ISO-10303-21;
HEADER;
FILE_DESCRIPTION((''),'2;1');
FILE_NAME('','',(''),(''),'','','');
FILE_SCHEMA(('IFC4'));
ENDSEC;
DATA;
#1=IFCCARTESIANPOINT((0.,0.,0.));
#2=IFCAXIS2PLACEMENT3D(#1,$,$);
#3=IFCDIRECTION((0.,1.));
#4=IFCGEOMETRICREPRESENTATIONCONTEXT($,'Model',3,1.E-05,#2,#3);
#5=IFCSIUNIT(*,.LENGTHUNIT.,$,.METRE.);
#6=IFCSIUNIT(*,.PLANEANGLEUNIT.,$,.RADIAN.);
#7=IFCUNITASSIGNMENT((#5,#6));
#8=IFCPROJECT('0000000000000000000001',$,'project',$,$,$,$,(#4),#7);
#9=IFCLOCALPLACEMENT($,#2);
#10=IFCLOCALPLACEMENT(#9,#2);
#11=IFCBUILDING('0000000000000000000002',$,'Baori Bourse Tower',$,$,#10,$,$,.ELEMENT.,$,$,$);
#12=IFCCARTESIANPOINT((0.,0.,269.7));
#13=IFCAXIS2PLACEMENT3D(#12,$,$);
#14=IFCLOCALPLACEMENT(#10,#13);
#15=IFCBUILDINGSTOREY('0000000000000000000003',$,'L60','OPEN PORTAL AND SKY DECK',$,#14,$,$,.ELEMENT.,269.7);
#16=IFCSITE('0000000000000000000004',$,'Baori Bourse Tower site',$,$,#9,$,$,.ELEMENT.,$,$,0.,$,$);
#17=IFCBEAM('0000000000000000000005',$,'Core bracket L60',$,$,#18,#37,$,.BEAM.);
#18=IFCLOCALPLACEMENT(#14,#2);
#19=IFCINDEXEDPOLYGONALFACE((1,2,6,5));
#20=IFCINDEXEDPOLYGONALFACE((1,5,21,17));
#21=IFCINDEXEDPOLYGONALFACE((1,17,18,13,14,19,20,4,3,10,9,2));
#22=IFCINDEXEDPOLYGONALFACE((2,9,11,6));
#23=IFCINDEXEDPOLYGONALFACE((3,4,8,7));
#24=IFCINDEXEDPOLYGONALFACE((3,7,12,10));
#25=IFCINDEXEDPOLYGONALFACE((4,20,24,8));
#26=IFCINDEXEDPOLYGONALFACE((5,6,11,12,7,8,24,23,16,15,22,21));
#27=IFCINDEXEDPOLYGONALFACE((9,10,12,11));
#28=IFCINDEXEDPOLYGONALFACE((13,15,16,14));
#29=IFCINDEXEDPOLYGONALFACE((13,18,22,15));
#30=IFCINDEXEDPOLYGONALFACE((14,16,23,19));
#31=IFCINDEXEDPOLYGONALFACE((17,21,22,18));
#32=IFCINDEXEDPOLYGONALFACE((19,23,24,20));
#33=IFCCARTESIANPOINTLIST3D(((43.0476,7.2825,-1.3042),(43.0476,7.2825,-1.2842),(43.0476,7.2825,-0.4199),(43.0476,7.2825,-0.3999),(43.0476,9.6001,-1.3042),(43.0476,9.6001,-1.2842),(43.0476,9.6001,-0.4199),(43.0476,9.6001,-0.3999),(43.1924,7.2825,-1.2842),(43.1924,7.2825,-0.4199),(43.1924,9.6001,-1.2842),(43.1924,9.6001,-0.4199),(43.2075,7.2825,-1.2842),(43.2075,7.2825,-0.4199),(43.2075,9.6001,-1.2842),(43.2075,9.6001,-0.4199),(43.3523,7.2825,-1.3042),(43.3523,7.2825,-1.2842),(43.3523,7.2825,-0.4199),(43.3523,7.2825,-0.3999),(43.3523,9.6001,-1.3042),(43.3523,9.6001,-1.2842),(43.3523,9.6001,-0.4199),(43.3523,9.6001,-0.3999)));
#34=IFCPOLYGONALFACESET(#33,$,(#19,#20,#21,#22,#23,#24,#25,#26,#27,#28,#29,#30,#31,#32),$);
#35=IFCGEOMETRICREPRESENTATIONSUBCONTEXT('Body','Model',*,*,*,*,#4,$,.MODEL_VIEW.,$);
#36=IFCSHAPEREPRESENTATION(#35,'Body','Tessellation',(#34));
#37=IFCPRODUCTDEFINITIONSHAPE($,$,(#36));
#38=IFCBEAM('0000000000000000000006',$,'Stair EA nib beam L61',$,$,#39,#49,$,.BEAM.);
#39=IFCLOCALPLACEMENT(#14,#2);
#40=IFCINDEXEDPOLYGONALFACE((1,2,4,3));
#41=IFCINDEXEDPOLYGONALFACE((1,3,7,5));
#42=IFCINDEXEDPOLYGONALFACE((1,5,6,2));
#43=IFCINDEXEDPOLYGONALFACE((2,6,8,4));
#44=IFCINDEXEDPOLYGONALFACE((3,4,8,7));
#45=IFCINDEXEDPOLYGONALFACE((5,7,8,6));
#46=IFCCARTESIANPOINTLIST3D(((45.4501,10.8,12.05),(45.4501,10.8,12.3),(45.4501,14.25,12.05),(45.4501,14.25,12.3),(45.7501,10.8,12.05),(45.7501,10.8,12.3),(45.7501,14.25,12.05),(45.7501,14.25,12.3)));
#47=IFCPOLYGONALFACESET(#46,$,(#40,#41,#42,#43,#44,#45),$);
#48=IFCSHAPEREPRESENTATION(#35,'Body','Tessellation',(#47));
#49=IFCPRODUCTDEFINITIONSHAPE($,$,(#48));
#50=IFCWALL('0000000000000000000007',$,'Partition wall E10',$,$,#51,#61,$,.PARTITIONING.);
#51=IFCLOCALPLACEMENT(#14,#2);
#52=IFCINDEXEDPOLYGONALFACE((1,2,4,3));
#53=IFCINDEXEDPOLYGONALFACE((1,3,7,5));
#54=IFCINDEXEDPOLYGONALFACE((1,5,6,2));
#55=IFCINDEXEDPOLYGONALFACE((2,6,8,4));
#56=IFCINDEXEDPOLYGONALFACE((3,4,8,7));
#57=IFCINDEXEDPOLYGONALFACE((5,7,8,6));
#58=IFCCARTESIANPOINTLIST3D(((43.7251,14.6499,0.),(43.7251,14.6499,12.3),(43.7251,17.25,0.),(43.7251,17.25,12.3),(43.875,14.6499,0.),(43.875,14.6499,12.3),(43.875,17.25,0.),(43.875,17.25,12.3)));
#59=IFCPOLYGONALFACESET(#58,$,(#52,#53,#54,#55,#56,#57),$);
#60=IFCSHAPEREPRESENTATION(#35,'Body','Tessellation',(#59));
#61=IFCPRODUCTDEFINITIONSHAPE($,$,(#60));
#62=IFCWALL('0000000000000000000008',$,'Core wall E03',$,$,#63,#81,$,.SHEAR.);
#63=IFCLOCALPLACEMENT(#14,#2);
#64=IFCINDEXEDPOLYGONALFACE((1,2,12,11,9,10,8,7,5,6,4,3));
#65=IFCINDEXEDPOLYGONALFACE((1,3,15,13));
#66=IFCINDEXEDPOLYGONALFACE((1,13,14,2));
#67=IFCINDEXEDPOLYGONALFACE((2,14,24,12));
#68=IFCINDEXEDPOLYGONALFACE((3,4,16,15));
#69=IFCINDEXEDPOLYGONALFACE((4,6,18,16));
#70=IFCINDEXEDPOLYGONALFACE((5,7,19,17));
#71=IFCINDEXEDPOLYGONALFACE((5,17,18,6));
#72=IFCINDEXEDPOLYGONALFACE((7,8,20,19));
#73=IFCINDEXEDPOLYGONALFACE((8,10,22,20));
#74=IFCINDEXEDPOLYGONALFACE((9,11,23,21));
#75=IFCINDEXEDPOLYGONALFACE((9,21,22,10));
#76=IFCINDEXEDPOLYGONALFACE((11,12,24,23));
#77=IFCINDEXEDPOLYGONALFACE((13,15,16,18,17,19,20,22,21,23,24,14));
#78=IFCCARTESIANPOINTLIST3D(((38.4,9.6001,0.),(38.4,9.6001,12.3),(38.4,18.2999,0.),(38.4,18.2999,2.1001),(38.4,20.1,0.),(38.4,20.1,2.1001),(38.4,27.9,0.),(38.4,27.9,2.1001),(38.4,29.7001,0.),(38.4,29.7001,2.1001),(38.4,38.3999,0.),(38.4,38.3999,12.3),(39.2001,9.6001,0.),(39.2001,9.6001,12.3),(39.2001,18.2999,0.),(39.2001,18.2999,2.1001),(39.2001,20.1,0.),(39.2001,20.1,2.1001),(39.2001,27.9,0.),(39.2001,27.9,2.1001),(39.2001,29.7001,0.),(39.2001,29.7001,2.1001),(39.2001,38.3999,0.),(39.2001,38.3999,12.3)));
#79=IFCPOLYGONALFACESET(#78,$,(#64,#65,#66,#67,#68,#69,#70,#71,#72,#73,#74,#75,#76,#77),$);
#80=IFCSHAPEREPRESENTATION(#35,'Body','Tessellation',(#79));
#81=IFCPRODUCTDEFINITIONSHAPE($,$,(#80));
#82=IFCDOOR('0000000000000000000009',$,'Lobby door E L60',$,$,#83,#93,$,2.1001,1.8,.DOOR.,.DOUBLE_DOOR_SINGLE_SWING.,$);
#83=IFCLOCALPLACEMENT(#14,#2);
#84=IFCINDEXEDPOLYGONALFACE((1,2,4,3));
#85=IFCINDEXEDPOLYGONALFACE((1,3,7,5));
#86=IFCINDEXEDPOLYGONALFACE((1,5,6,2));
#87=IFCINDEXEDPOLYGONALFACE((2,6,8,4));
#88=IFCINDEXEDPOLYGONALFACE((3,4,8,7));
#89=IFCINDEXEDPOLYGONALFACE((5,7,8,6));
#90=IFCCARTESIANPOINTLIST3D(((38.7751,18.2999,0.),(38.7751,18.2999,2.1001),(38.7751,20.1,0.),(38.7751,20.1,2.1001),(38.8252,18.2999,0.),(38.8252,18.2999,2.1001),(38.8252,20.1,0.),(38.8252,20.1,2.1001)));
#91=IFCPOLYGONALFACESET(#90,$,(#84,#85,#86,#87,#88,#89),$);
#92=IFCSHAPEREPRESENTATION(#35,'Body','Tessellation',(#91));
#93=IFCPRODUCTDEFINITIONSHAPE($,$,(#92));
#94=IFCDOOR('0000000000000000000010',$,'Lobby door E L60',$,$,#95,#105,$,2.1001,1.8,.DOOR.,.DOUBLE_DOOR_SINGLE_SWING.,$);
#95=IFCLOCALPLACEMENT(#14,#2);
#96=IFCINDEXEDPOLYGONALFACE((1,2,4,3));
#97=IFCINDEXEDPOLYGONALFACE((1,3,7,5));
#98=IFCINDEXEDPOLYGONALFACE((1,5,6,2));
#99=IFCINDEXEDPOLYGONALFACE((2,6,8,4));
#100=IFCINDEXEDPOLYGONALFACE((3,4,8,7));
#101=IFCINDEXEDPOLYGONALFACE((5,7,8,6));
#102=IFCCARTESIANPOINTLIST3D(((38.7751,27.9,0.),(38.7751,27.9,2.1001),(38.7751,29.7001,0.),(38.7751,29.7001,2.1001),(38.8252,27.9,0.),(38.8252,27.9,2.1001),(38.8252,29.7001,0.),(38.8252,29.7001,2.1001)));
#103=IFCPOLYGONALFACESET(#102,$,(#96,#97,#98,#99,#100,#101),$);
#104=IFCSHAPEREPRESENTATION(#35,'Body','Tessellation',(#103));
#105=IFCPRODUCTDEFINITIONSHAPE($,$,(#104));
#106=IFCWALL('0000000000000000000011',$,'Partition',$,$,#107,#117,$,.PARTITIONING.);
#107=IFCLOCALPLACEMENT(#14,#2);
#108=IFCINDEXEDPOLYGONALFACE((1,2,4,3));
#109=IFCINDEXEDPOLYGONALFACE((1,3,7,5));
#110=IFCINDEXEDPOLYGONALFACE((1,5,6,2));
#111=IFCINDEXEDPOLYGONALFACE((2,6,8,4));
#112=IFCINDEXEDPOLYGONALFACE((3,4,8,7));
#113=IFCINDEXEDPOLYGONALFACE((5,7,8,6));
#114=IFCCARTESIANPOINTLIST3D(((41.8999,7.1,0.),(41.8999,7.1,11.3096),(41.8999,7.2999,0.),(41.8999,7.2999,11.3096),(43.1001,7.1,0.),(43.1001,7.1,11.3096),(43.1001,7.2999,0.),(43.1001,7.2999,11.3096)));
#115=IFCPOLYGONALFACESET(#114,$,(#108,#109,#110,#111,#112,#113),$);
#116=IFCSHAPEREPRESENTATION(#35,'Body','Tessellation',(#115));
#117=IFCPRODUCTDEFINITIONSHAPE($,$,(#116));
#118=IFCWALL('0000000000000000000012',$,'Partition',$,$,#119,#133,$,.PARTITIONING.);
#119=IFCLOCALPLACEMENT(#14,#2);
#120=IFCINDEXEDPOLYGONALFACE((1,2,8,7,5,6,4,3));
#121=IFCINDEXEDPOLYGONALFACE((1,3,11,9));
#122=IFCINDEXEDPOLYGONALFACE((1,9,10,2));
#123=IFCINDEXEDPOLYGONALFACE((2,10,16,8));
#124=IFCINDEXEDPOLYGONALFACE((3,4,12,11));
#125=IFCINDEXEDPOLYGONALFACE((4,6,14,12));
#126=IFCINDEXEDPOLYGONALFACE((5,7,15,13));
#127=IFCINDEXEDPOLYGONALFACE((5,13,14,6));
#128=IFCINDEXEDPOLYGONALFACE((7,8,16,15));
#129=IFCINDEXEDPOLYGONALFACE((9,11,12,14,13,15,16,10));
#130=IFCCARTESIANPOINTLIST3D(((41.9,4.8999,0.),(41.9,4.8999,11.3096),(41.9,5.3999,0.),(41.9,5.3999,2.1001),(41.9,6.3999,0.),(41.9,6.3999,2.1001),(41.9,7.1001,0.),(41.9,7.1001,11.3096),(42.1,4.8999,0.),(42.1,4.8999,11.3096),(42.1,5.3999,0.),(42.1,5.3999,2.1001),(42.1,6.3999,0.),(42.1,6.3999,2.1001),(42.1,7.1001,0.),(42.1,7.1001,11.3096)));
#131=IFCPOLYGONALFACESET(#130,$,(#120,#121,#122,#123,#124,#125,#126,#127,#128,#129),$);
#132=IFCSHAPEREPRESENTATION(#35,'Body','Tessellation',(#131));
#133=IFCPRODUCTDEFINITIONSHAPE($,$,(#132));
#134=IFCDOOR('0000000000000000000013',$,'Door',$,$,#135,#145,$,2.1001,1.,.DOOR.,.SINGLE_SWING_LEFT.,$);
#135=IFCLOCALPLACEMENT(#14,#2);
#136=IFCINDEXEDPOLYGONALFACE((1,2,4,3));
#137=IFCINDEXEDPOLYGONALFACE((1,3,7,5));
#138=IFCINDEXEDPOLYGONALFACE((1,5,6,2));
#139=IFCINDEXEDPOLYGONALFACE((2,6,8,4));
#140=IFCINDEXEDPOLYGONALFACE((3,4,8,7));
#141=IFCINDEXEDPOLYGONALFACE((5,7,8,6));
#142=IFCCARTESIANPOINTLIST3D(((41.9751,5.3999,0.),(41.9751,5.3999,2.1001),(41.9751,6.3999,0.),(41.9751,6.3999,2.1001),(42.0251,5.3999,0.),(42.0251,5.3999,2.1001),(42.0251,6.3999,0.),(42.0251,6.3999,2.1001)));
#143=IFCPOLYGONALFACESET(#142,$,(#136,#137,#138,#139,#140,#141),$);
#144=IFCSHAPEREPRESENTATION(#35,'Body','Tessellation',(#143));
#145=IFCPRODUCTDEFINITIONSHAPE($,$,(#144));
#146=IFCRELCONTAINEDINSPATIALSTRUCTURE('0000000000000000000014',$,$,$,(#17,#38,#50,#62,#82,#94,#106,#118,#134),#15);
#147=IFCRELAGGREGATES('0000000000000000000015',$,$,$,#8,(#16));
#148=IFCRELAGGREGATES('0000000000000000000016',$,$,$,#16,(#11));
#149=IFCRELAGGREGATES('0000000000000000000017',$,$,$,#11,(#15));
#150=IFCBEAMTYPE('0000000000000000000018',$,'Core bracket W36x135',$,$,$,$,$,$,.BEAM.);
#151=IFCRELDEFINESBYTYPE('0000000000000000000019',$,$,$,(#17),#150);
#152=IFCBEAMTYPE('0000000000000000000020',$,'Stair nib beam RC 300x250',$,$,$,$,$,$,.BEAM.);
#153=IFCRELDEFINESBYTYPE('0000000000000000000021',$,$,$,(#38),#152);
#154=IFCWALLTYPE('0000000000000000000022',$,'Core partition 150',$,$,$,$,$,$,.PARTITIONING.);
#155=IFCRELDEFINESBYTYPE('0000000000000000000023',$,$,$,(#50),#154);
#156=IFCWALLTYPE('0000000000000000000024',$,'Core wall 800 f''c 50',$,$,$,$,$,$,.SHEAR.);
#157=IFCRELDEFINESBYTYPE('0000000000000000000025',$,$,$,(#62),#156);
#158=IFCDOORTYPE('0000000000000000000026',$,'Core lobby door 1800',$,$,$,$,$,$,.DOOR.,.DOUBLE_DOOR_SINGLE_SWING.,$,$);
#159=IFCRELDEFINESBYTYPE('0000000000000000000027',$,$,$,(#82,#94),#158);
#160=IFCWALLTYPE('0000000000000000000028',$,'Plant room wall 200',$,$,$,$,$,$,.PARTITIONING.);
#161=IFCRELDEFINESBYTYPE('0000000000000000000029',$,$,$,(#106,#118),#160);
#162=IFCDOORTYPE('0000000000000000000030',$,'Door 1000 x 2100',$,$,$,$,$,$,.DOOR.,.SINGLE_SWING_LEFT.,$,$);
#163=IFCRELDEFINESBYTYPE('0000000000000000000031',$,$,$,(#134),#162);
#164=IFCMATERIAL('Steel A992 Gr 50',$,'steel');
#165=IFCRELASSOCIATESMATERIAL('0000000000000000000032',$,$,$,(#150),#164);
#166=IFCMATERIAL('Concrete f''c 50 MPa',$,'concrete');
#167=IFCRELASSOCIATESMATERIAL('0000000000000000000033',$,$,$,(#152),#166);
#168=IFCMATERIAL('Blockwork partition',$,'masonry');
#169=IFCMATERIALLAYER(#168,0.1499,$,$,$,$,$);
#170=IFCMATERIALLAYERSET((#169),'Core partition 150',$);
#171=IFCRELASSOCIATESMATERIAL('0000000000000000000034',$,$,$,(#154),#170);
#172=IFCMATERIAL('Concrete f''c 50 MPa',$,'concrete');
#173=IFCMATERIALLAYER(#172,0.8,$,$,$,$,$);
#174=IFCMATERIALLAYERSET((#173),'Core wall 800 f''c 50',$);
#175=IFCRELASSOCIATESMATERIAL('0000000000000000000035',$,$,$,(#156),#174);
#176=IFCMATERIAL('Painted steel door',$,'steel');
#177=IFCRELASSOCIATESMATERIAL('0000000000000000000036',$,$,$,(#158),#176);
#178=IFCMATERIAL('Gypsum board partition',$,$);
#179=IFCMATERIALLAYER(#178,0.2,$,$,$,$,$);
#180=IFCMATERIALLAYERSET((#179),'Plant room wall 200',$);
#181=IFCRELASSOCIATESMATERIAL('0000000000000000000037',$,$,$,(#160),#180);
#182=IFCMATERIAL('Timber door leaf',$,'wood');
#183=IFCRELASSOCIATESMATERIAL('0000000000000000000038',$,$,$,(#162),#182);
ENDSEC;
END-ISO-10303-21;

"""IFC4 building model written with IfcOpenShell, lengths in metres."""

from ifc_helpers import new_model, si_unit, direction, frame, frame_2d, origin, origin_2d, place, context, subcontext, project, spatial, rectangle, i_section, extrude, material, layer, layer_set, material_profile, profile_set, type_object, element, fill, save


model = new_model("IFC4")

# Units and contexts
model_context = context("Model", 3, precision=1e-05, world=origin(), true_north=direction((0.0, 1.0)))
body_context = subcontext(model_context, "Body", "Model", "MODEL_VIEW")
ifc_project = project(units=[si_unit("LENGTHUNIT", "METRE"), si_unit("PLANEANGLEUNIT", "RADIAN")], contexts=[model_context])

# Site, building, storey
site_placement = place(None, origin())
site = spatial("IfcSite", under=ifc_project, at=site_placement, Name="Baori Bourse Tower site", CompositionType="ELEMENT", RefElevation=0.0)
building_placement = place(site_placement, origin())
building = spatial("IfcBuilding", under=site, at=building_placement, Name="Baori Bourse Tower", CompositionType="ELEMENT")
storey_placement = place(building_placement, frame((0.0, 0.0, 269.7)))
storey = spatial("IfcBuildingStorey", under=building, at=storey_placement, Name="L60", Description="OPEN PORTAL AND SKY DECK", CompositionType="ELEMENT", Elevation=269.7)

# Beams
ifc_material_1 = material(Name="Steel A992 Gr 50", Category="steel")
ifc_material_profile_1 = material_profile(ifc_material_1, i_section(OverallWidth=0.3047, OverallDepth=0.9043, WebThickness=0.0151, FlangeThickness=0.02, at=origin_2d()), Name="W36x135")
ifc_profile_set_1 = profile_set([ifc_material_profile_1], Name="Steel A992 Gr 50")
beam_type_1 = type_object("IfcBeamType", Name="Core bracket W36x135", PredefinedType="BEAM", material=ifc_profile_set_1)
beam_1_placement = place(storey_placement, frame((43.2, 7.2825, -0.8521), z_axis=(0.0, 1.0, 0.0), x_axis=(-1.0, 0.0, 0.0)))
element("IfcBeam", 1, at=beam_1_placement, inside=storey, type_object=beam_type_1, Name="Core bracket L60", PredefinedType="BEAM", context=body_context, shape_type="SweptSolid", body=[
    extrude(i_section(OverallWidth=0.3047, OverallDepth=0.9043, WebThickness=0.0151, FlangeThickness=0.02, at=origin_2d()), origin(), (0.0, 0.0, 1.0), 2.3176),
])
ifc_material_2 = material(Name="Concrete f'c 50 MPa", Category="concrete")
ifc_material_profile_2 = material_profile(ifc_material_2, rectangle(XDim=0.3, YDim=0.25, at=origin_2d()), Name="RC 300x250")
ifc_profile_set_2 = profile_set([ifc_material_profile_2], Name="Concrete f'c 50 MPa")
beam_type_2 = type_object("IfcBeamType", Name="Stair nib beam RC 300x250", PredefinedType="BEAM", material=ifc_profile_set_2)
beam_2_placement = place(storey_placement, frame((45.6001, 10.8, 12.175), z_axis=(0.0, 1.0, 0.0), x_axis=(-1.0, 0.0, 0.0)))
element("IfcBeam", 2, at=beam_2_placement, inside=storey, type_object=beam_type_2, Name="Stair EA nib beam L61", PredefinedType="BEAM", context=body_context, shape_type="SweptSolid", body=[
    extrude(rectangle(XDim=0.3, YDim=0.25, at=origin_2d()), origin(), (0.0, 0.0, 1.0), 3.45),
])

# Wall
ifc_material_3 = material(Name="Blockwork partition", Category="masonry")
ifc_layer_1 = layer(ifc_material_3, 0.1499)
ifc_layer_set_1 = layer_set([ifc_layer_1], Name="Core partition 150")
wall_type_1 = type_object("IfcWallType", Name="Core partition 150", PredefinedType="PARTITIONING", material=ifc_layer_set_1)
wall_1_placement = place(storey_placement, frame((43.8, 14.6499, 0.0), z_axis=(0.0, 0.0, 1.0), x_axis=(0.0, 1.0, 0.0)))
element("IfcWall", 3, at=wall_1_placement, inside=storey, type_object=wall_type_1, Name="Partition wall E10", PredefinedType="PARTITIONING", context=body_context, shape_type="SweptSolid", body=[
    extrude(rectangle(XDim=2.6001, YDim=0.1499, at=frame_2d((1.3, 0.0))), origin(), (0.0, 0.0, 1.0), 12.3),
])

# Wall, openings, doors
ifc_material_4 = material(Name="Concrete f'c 50 MPa", Category="concrete")
ifc_layer_2 = layer(ifc_material_4, 0.8)
ifc_layer_set_2 = layer_set([ifc_layer_2], Name="Core wall 800 f'c 50")
wall_type_2 = type_object("IfcWallType", Name="Core wall 800 f'c 50", PredefinedType="SHEAR", material=ifc_layer_set_2)
wall_2_placement = place(storey_placement, frame((38.8, 9.6001, 0.0), z_axis=(0.0, 0.0, 1.0), x_axis=(0.0, 1.0, 0.0)))
wall_2 = element("IfcWall", 4, at=wall_2_placement, inside=storey, type_object=wall_type_2, Name="Core wall E03", PredefinedType="SHEAR", context=body_context, shape_type="SweptSolid", body=[
    extrude(rectangle(XDim=28.7998, YDim=0.8, at=frame_2d((14.3999, 0.0))), origin(), (0.0, 0.0, 1.0), 12.3),
])
opening_1_placement = place(wall_2_placement, frame((8.7, 0.0, 0.0)))
opening_1 = element("IfcOpeningElement", 5, at=opening_1_placement, cuts=wall_2, PredefinedType="OPENING", context=body_context, shape_type="SweptSolid", body=[
    extrude(rectangle(XDim=1.8, YDim=2.1001, at=frame_2d((0.8999, 1.05))), frame((0.0, 0.4099, 0.0), z_axis=(0.0, -1.0, 0.0), x_axis=(1.0, 0.0, 0.0)), (0.0, 0.0, 1.0), 0.8201),
])
opening_2_placement = place(wall_2_placement, frame((18.3, 0.0, 0.0)))
opening_2 = element("IfcOpeningElement", 6, at=opening_2_placement, cuts=wall_2, PredefinedType="OPENING", context=body_context, shape_type="SweptSolid", body=[
    extrude(rectangle(XDim=1.8, YDim=2.1001, at=frame_2d((0.8999, 1.05))), frame((0.0, 0.4099, 0.0), z_axis=(0.0, -1.0, 0.0), x_axis=(1.0, 0.0, 0.0)), (0.0, 0.0, 1.0), 0.8201),
])
ifc_material_5 = material(Name="Painted steel door", Category="steel")
door_type_1 = type_object("IfcDoorType", Name="Core lobby door 1800", OperationType="DOUBLE_DOOR_SINGLE_SWING", PredefinedType="DOOR", material=ifc_material_5)
door_1_placement = place(opening_1_placement, origin())
door_1 = element("IfcDoor", 7, at=door_1_placement, inside=storey, type_object=door_type_1, Name="Lobby door E L60", OperationType="DOUBLE_DOOR_SINGLE_SWING", OverallHeight=2.1001, OverallWidth=1.8, PredefinedType="DOOR", context=body_context, shape_type="SweptSolid", body=[
    extrude(rectangle(XDim=1.8, YDim=2.1001, at=frame_2d((0.8999, 1.05))), frame((0.0, 0.0249, 0.0), z_axis=(0.0, -1.0, 0.0), x_axis=(1.0, 0.0, 0.0)), (0.0, 0.0, 1.0), 0.05),
])
fill(opening_1, door_1)
door_2_placement = place(opening_2_placement, origin())
door_2 = element("IfcDoor", 8, at=door_2_placement, inside=storey, type_object=door_type_1, Name="Lobby door E L60", OperationType="DOUBLE_DOOR_SINGLE_SWING", OverallHeight=2.1001, OverallWidth=1.8, PredefinedType="DOOR", context=body_context, shape_type="SweptSolid", body=[
    extrude(rectangle(XDim=1.8, YDim=2.1001, at=frame_2d((0.8999, 1.05))), frame((0.0, 0.0249, 0.0), z_axis=(0.0, -1.0, 0.0), x_axis=(1.0, 0.0, 0.0)), (0.0, 0.0, 1.0), 0.05),
])
fill(opening_2, door_2)

# Wall
ifc_material_6 = material(Name="Gypsum board partition")
ifc_layer_3 = layer(ifc_material_6, 0.2)
ifc_layer_set_3 = layer_set([ifc_layer_3], Name="Plant room wall 200")
wall_type_3 = type_object("IfcWallType", Name="Plant room wall 200", PredefinedType="PARTITIONING", material=ifc_layer_set_3)
wall_3_placement = place(storey_placement, frame((41.8999, 7.2, 0.0), z_axis=(0.0, 0.0, 1.0), x_axis=(1.0, 0.0, 0.0)))
element("IfcWall", 9, at=wall_3_placement, inside=storey, type_object=wall_type_3, Name="Partition", PredefinedType="PARTITIONING", context=body_context, shape_type="SweptSolid", body=[
    extrude(rectangle(XDim=1.2002, YDim=0.2, at=frame_2d((0.6001, 0.0))), origin(), (0.0, 0.0, 1.0), 11.3096),
])

# Wall, opening, door
wall_4_placement = place(storey_placement, frame((42.0, 4.8999, 0.0), z_axis=(0.0, 0.0, 1.0), x_axis=(0.0, 1.0, 0.0)))
wall_4 = element("IfcWall", 10, at=wall_4_placement, inside=storey, type_object=wall_type_3, Name="Partition", PredefinedType="PARTITIONING", context=body_context, shape_type="SweptSolid", body=[
    extrude(rectangle(XDim=2.2002, YDim=0.2, at=frame_2d((1.1001, 0.0))), origin(), (0.0, 0.0, 1.0), 11.3096),
])
opening_3_placement = place(wall_4_placement, frame((0.5, 0.0, 0.0)))
opening_3 = element("IfcOpeningElement", 11, at=opening_3_placement, cuts=wall_4, PredefinedType="OPENING", context=body_context, shape_type="SweptSolid", body=[
    extrude(rectangle(XDim=1.0, YDim=2.1001, at=frame_2d((0.5, 1.05))), frame((0.0, 0.1099, 0.0), z_axis=(0.0, -1.0, 0.0), x_axis=(1.0, 0.0, 0.0)), (0.0, 0.0, 1.0), 0.22),
])
ifc_material_7 = material(Name="Timber door leaf", Category="wood")
door_type_2 = type_object("IfcDoorType", Name="Door 1000 x 2100", OperationType="SINGLE_SWING_LEFT", PredefinedType="DOOR", material=ifc_material_7)
door_3_placement = place(opening_3_placement, origin())
door_3 = element("IfcDoor", 12, at=door_3_placement, inside=storey, type_object=door_type_2, Name="Door", OperationType="SINGLE_SWING_LEFT", OverallHeight=2.1001, OverallWidth=1.0, PredefinedType="DOOR", context=body_context, shape_type="SweptSolid", body=[
    extrude(rectangle(XDim=1.0, YDim=2.1001, at=frame_2d((0.5, 1.05))), frame((0.0, 0.0249, 0.0), z_axis=(0.0, -1.0, 0.0), x_axis=(1.0, 0.0, 0.0)), (0.0, 0.0, 1.0), 0.05),
])
fill(opening_3, door_3)

save(model, "model.ifc")
